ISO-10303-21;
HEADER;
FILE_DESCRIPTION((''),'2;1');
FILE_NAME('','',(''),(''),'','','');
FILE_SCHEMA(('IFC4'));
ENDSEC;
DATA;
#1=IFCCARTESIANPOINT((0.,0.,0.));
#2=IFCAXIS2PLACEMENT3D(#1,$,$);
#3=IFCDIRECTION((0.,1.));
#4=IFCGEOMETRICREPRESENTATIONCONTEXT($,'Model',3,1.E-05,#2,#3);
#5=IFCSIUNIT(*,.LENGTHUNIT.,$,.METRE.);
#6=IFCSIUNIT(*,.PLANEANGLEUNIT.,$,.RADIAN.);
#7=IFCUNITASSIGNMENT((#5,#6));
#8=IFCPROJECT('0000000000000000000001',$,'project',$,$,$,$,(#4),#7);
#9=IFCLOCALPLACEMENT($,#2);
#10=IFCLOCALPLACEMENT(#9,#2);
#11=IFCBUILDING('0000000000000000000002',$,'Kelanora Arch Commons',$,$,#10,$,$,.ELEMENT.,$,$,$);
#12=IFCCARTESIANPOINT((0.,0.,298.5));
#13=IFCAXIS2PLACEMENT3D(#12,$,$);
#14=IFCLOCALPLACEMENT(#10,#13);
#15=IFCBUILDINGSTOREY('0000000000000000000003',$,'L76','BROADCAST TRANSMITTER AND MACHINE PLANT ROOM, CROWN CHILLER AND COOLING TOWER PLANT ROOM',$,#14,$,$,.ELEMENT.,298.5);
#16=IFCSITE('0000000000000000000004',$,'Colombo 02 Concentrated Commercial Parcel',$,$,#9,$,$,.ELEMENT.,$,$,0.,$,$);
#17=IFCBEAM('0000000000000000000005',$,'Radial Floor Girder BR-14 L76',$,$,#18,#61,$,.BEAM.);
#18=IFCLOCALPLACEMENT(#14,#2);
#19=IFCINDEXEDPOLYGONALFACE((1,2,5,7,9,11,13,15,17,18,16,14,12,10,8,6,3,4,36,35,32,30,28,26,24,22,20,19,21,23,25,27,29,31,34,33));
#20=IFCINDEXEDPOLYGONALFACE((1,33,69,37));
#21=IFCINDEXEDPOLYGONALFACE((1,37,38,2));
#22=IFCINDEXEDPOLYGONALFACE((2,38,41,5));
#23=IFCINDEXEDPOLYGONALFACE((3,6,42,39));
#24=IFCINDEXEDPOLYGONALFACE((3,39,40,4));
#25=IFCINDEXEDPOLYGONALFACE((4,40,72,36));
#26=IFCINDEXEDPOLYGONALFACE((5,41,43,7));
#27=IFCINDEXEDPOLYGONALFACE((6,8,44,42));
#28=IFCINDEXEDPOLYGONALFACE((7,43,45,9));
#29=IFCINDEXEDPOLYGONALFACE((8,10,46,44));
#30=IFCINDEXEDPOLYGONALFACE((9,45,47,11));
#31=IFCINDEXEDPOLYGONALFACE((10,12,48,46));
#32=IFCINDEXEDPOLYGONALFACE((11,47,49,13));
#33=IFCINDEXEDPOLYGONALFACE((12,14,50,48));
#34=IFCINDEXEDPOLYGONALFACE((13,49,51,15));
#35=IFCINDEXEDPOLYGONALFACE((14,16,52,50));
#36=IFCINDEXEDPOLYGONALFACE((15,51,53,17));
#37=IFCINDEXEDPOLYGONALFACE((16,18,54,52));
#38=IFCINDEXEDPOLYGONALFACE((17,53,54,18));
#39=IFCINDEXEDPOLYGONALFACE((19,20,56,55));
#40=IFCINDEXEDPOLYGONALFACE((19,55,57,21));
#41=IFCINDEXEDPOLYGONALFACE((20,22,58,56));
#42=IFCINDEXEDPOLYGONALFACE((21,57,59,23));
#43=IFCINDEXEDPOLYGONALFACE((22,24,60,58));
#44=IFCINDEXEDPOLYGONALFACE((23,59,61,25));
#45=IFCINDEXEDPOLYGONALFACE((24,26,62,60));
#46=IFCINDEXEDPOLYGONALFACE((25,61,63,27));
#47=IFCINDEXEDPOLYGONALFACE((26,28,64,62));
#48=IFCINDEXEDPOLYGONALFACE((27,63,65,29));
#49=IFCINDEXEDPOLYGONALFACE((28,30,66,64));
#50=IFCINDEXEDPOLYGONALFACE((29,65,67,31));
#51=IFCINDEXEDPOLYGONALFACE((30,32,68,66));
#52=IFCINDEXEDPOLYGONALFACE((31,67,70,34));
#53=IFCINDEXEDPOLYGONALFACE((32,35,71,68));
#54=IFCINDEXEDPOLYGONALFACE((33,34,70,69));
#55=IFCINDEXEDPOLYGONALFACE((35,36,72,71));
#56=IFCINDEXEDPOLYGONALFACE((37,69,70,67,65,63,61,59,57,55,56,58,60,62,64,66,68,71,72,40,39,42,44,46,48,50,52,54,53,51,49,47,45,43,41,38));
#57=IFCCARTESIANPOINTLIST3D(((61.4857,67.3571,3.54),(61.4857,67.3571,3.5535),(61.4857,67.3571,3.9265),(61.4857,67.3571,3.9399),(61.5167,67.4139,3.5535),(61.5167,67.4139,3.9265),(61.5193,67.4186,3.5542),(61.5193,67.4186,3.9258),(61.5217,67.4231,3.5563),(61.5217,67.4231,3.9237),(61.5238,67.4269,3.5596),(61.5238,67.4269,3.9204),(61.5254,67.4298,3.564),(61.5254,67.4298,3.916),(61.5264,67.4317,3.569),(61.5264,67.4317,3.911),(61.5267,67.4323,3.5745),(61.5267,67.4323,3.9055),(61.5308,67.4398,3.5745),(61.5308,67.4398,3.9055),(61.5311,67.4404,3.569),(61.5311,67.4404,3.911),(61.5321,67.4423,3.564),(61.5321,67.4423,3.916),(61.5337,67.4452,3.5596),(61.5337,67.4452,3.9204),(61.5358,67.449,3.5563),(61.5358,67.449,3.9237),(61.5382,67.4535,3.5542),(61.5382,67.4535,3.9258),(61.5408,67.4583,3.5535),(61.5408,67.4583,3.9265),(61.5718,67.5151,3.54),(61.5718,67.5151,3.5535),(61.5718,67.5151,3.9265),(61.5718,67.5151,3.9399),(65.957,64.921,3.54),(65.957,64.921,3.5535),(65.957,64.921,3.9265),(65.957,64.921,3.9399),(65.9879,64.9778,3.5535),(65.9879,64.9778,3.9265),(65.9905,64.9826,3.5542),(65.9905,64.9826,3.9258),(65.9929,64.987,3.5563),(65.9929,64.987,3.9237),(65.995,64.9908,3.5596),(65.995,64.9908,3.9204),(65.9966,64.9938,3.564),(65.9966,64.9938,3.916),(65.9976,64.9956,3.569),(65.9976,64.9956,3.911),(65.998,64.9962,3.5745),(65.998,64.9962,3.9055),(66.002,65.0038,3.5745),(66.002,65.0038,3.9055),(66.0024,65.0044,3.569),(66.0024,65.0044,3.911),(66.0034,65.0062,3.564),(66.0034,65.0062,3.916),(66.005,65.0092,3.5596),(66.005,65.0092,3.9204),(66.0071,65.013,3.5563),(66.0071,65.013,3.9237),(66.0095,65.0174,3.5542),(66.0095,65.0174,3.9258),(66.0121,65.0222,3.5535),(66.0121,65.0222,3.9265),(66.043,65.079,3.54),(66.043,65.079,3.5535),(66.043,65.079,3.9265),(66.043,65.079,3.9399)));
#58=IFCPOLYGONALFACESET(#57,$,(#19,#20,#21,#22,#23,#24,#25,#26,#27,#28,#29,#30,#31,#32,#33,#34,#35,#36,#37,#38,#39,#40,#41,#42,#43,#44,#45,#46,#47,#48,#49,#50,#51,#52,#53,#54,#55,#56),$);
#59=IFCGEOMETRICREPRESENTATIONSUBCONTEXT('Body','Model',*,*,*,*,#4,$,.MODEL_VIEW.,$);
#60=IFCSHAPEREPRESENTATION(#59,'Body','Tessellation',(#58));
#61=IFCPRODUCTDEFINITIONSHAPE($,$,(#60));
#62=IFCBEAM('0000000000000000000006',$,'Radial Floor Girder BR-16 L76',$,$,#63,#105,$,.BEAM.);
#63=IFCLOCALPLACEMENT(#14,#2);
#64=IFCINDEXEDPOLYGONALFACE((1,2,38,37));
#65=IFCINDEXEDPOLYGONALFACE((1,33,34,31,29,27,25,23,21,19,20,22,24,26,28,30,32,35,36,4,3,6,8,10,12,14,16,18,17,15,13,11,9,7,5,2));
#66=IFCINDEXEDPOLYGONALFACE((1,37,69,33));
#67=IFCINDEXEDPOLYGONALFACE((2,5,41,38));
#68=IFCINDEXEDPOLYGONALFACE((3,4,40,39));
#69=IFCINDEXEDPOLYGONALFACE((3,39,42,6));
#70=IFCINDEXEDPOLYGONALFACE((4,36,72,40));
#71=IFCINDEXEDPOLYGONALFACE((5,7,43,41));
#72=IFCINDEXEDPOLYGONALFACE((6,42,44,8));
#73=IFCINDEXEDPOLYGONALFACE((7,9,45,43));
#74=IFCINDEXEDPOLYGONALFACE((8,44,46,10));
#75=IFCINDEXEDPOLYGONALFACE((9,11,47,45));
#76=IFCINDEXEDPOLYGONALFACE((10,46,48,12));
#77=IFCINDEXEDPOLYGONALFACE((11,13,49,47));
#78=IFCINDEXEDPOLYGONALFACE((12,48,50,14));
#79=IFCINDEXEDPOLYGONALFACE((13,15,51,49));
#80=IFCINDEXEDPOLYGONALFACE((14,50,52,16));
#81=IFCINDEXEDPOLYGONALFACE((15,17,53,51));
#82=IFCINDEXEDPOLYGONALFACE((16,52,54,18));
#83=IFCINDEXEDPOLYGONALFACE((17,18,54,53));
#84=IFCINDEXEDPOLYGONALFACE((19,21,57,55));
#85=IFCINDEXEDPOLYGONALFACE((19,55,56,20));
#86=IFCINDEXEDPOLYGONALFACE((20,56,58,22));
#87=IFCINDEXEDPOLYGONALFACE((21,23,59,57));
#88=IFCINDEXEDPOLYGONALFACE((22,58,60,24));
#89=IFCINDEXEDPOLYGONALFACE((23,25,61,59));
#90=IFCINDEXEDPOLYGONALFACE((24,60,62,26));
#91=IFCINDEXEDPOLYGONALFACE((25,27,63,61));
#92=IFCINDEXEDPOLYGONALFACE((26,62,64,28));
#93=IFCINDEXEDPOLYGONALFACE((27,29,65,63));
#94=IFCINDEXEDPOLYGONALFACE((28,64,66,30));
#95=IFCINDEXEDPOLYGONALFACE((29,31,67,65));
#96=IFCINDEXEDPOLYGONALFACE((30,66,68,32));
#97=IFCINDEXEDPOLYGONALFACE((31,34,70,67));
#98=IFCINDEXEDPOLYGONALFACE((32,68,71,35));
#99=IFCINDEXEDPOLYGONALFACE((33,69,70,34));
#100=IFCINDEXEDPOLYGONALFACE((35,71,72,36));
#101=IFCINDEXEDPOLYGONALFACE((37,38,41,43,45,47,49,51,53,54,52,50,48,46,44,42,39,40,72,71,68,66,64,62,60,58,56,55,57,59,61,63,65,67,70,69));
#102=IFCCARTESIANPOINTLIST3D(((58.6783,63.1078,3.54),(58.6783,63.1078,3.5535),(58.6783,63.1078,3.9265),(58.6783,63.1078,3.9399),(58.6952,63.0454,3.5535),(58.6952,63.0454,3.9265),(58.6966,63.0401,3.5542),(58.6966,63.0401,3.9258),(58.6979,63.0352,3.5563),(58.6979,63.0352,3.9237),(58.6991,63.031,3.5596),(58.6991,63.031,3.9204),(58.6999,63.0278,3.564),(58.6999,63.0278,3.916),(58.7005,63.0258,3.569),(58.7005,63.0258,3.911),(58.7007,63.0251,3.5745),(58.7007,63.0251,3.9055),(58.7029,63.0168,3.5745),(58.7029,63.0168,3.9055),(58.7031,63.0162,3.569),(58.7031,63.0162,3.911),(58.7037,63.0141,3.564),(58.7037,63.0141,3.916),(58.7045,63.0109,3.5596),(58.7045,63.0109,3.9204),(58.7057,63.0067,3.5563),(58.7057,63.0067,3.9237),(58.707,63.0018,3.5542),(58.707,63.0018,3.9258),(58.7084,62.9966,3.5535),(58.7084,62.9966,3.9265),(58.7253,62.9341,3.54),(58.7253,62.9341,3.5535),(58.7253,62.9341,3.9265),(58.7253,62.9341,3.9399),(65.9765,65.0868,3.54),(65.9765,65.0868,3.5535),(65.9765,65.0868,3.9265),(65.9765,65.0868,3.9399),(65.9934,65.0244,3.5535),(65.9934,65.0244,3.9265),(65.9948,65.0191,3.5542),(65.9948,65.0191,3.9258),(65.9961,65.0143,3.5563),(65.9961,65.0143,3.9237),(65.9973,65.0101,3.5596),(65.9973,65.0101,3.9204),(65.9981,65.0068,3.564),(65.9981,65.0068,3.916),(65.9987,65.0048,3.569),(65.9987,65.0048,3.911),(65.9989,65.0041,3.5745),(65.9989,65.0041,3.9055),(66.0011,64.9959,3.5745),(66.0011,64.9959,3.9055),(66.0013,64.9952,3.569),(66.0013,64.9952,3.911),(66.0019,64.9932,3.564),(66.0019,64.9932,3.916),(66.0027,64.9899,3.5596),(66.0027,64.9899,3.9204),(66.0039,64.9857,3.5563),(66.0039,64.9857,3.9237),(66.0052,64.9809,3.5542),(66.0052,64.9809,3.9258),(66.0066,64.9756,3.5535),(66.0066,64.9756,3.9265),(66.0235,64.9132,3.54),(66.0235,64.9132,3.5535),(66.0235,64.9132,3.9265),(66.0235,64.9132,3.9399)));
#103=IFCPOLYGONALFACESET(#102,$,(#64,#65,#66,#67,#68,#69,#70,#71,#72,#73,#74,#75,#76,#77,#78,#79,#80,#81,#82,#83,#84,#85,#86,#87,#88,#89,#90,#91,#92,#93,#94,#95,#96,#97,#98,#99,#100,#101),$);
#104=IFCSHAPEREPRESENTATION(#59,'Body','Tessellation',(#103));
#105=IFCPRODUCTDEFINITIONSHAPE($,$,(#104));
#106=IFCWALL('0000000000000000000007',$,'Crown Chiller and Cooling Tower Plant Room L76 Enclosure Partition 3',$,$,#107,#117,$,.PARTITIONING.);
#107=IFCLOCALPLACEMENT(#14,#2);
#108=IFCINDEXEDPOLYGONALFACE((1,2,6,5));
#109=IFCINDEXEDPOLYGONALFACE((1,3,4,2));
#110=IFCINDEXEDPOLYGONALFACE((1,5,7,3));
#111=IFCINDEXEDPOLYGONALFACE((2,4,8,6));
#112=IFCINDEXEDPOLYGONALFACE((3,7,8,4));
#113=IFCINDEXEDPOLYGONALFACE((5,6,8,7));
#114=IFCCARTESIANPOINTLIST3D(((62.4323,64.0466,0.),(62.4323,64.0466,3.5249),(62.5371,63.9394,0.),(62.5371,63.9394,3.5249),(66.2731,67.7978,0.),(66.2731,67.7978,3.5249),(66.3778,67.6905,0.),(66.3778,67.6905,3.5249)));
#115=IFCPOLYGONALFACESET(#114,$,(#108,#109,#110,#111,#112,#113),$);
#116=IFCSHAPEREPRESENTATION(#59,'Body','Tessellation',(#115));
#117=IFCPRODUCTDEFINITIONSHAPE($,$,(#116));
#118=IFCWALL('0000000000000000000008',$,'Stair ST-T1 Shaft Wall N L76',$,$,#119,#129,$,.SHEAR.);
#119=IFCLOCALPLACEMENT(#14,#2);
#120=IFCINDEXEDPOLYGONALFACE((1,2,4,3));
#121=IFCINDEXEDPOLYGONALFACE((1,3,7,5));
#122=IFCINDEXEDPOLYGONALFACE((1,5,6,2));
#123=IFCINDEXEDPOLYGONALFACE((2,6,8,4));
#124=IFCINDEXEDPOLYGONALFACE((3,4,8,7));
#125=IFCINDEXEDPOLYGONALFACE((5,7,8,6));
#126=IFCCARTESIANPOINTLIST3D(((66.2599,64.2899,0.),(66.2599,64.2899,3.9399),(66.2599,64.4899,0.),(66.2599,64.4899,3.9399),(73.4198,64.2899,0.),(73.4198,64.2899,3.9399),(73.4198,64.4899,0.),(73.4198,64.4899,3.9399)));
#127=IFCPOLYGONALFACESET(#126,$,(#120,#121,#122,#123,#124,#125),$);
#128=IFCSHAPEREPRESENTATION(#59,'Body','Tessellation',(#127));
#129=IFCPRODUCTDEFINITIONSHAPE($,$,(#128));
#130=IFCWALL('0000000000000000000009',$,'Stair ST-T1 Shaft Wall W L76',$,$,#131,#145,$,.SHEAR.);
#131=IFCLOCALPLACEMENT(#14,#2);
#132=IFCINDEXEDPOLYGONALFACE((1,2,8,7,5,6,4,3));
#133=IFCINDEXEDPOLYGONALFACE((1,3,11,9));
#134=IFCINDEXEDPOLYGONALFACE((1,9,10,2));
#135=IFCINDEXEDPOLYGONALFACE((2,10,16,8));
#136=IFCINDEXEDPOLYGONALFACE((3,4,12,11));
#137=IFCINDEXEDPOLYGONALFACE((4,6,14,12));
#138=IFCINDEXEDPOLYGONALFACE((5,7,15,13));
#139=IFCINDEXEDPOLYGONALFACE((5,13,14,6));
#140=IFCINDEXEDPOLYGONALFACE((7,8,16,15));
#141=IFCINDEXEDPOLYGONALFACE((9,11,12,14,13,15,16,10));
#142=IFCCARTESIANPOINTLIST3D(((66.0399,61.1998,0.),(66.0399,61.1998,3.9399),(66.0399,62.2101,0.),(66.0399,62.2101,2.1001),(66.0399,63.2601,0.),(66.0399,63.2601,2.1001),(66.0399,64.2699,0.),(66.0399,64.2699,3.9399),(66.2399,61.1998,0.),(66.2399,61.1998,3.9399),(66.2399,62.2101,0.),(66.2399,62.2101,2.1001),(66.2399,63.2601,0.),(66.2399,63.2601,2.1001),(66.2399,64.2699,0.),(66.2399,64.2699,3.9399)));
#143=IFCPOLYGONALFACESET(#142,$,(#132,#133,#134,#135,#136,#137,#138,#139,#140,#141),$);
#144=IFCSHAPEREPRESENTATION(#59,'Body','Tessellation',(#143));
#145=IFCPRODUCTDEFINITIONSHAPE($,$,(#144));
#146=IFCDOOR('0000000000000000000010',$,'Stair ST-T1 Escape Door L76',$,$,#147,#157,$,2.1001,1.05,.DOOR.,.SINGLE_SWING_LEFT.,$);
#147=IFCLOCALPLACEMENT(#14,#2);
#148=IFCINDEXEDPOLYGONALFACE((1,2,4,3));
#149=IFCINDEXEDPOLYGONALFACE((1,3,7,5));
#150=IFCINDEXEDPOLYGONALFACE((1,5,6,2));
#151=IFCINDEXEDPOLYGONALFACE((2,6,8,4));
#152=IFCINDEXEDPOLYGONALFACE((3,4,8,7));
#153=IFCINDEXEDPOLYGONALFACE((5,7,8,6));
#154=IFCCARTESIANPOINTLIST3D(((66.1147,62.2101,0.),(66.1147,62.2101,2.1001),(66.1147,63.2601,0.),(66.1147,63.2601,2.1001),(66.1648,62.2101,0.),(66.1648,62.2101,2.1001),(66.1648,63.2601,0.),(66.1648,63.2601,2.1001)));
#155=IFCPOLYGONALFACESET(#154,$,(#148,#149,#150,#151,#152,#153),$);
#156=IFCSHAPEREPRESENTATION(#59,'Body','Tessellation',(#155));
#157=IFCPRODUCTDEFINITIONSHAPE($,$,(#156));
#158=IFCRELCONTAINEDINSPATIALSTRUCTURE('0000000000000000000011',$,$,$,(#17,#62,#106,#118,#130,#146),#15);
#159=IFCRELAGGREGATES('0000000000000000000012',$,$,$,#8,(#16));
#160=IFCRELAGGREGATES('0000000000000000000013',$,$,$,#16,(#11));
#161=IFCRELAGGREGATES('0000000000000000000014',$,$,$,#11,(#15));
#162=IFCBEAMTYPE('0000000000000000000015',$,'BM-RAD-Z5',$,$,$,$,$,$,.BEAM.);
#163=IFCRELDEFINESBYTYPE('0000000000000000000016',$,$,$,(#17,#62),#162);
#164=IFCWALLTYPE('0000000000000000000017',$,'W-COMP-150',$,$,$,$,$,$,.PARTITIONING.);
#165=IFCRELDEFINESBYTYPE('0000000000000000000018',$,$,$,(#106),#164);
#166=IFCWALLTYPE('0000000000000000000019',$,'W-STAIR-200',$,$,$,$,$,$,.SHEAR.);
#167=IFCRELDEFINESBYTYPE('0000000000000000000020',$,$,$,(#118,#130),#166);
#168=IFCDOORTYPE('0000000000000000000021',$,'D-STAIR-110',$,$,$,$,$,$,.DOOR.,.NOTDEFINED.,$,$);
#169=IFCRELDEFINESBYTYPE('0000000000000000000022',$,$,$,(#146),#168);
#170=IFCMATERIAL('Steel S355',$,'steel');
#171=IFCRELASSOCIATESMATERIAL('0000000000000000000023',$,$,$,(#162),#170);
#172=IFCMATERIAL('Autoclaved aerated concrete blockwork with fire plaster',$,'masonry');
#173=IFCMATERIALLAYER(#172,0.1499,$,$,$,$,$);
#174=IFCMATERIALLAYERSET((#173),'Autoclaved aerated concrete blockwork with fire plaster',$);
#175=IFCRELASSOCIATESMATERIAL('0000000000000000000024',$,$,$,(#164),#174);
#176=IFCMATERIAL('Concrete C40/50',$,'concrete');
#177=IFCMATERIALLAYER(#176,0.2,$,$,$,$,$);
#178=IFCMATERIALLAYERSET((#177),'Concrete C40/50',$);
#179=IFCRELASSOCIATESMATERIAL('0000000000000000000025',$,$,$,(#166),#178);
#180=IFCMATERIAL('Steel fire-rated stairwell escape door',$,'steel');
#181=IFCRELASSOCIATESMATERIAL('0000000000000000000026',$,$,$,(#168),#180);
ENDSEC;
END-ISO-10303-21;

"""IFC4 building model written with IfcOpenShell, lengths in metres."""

from ifc_helpers import new_model, si_unit, direction, frame, frame_2d, origin, origin_2d, place, context, subcontext, project, spatial, rectangle, i_section, extrude, material, layer, layer_set, material_profile, profile_set, type_object, element, fill, save


model = new_model("IFC4")

# Units and contexts
model_context = context("Model", 3, precision=1e-05, world=origin(), true_north=direction((0.0, 1.0)))
body_context = subcontext(model_context, "Body", "Model", "MODEL_VIEW")
ifc_project = project(units=[si_unit("LENGTHUNIT", "METRE"), si_unit("PLANEANGLEUNIT", "RADIAN")], contexts=[model_context])

# Site, building, storey
site_placement = place(None, origin())
site = spatial("IfcSite", under=ifc_project, at=site_placement, Name="Colombo 02 Concentrated Commercial Parcel", CompositionType="ELEMENT", RefElevation=0.0)
building_placement = place(site_placement, origin())
building = spatial("IfcBuilding", under=site, at=building_placement, Name="Kelanora Arch Commons", CompositionType="ELEMENT")
storey_placement = place(building_placement, frame((0.0, 0.0, 298.5)))
storey = spatial("IfcBuildingStorey", under=building, at=storey_placement, Name="L76", Description="BROADCAST TRANSMITTER AND MACHINE PLANT ROOM, CROWN CHILLER AND COOLING TOWER PLANT ROOM", CompositionType="ELEMENT", Elevation=298.5)

# Beams
ifc_material_1 = material(Name="Steel S355", Category="steel")
ifc_material_profile_1 = material_profile(ifc_material_1, i_section(OverallWidth=0.1799, OverallDepth=0.3999, WebThickness=0.0085, FlangeThickness=0.0134, FilletRadius=0.021, at=origin_2d()), Name="IPE400")
ifc_profile_set_1 = profile_set([ifc_material_profile_1], Name="Steel S355")
beam_type_1 = type_object("IfcBeamType", Name="BM-RAD-Z5", PredefinedType="BEAM", material=ifc_profile_set_1)
beam_1_placement = place(storey_placement, frame((66.0, 65.0, 3.74), z_axis=(-0.878126, 0.478429, 0.0), x_axis=(-0.478429, -0.878126, 0.0)))
element("IfcBeam", 1, at=beam_1_placement, inside=storey, type_object=beam_type_1, Name="Radial Floor Girder BR-14 L76", PredefinedType="BEAM", context=body_context, shape_type="SweptSolid", body=[
    extrude(i_section(OverallWidth=0.1799, OverallDepth=0.3999, WebThickness=0.0085, FlangeThickness=0.0134, FilletRadius=0.021, at=origin_2d()), origin(), (0.0, 0.0, 1.0), 5.0918),
])
beam_2_placement = place(storey_placement, frame((66.0, 65.0, 3.74), z_axis=(-0.965145, -0.261716, 0.0), x_axis=(0.261716, -0.965145, 0.0)))
element("IfcBeam", 2, at=beam_2_placement, inside=storey, type_object=beam_type_1, Name="Radial Floor Girder BR-16 L76", PredefinedType="BEAM", context=body_context, shape_type="SweptSolid", body=[
    extrude(i_section(OverallWidth=0.1799, OverallDepth=0.3999, WebThickness=0.0085, FlangeThickness=0.0134, FilletRadius=0.021, at=origin_2d()), origin(), (0.0, 0.0, 1.0), 7.5618),
])

# Walls
ifc_material_2 = material(Name="Autoclaved aerated concrete blockwork with fire plaster", Category="masonry")
ifc_layer_1 = layer(ifc_material_2, 0.1499)
ifc_layer_set_1 = layer_set([ifc_layer_1], Name="Autoclaved aerated concrete blockwork with fire plaster")
wall_type_1 = type_object("IfcWallType", Name="W-COMP-150", PredefinedType="PARTITIONING", material=ifc_layer_set_1)
wall_1_placement = place(storey_placement, frame((66.3254, 67.7441, 0.0), z_axis=(0.0, 0.0, 1.0), x_axis=(-0.715402, -0.698713, 0.0)))
element("IfcWall", 3, at=wall_1_placement, inside=storey, type_object=wall_type_1, Name="Crown Chiller and Cooling Tower Plant Room L76 Enclosure Partition 3", PredefinedType="PARTITIONING", context=body_context, shape_type="SweptSolid", body=[
    extrude(rectangle(XDim=5.3687, YDim=0.1499, at=frame_2d((2.6843, 0.0))), origin(), (0.0, 0.0, 1.0), 3.5249),
])
ifc_material_3 = material(Name="Concrete C40/50", Category="concrete")
ifc_layer_2 = layer(ifc_material_3, 0.2)
ifc_layer_set_2 = layer_set([ifc_layer_2], Name="Concrete C40/50")
wall_type_2 = type_object("IfcWallType", Name="W-STAIR-200", PredefinedType="SHEAR", material=ifc_layer_set_2)
wall_2_placement = place(storey_placement, frame((73.4199, 64.3899, 0.0), z_axis=(0.0, 0.0, 1.0), x_axis=(-1.0, 0.0, 0.0)))
element("IfcWall", 4, at=wall_2_placement, inside=storey, type_object=wall_type_2, Name="Stair ST-T1 Shaft Wall N L76", PredefinedType="SHEAR", context=body_context, shape_type="SweptSolid", body=[
    extrude(rectangle(XDim=7.1599, YDim=0.2, at=frame_2d((3.5801, 0.0))), origin(), (0.0, 0.0, 1.0), 3.9399),
])

# Wall, opening, door
wall_3_placement = place(storey_placement, frame((66.1399, 64.27, 0.0), z_axis=(0.0, 0.0, 1.0), x_axis=(0.0, -1.0, 0.0)))
wall_3 = element("IfcWall", 5, at=wall_3_placement, inside=storey, type_object=wall_type_2, Name="Stair ST-T1 Shaft Wall W L76", PredefinedType="SHEAR", context=body_context, shape_type="SweptSolid", body=[
    extrude(rectangle(XDim=3.0701, YDim=0.2, at=frame_2d((1.5352, 0.0))), origin(), (0.0, 0.0, 1.0), 3.9399),
])
opening_placement = place(wall_3_placement, frame((1.01, 0.0, 0.0)))
opening = element("IfcOpeningElement", 6, at=opening_placement, cuts=wall_3, PredefinedType="OPENING", context=body_context, shape_type="SweptSolid", body=[
    extrude(rectangle(XDim=1.05, YDim=2.1001, at=frame_2d((0.5249, 1.05))), frame((0.0, 0.1099, 0.0), z_axis=(0.0, -1.0, 0.0), x_axis=(1.0, 0.0, 0.0)), (0.0, 0.0, 1.0), 0.22),
])
ifc_material_4 = material(Name="Steel fire-rated stairwell escape door", Category="steel")
door_type = type_object("IfcDoorType", Name="D-STAIR-110", OperationType="NOTDEFINED", PredefinedType="DOOR", material=ifc_material_4)
door_placement = place(opening_placement, origin())
door = element("IfcDoor", 7, at=door_placement, inside=storey, type_object=door_type, Name="Stair ST-T1 Escape Door L76", OperationType="SINGLE_SWING_LEFT", OverallHeight=2.1001, OverallWidth=1.05, PredefinedType="DOOR", context=body_context, shape_type="SweptSolid", body=[
    extrude(rectangle(XDim=1.05, YDim=2.1001, at=frame_2d((0.5249, 1.05))), frame((0.0, 0.0249, 0.0), z_axis=(0.0, -1.0, 0.0), x_axis=(1.0, 0.0, 0.0)), (0.0, 0.0, 1.0), 0.05),
])
fill(opening, door)

save(model, "model.ifc")
